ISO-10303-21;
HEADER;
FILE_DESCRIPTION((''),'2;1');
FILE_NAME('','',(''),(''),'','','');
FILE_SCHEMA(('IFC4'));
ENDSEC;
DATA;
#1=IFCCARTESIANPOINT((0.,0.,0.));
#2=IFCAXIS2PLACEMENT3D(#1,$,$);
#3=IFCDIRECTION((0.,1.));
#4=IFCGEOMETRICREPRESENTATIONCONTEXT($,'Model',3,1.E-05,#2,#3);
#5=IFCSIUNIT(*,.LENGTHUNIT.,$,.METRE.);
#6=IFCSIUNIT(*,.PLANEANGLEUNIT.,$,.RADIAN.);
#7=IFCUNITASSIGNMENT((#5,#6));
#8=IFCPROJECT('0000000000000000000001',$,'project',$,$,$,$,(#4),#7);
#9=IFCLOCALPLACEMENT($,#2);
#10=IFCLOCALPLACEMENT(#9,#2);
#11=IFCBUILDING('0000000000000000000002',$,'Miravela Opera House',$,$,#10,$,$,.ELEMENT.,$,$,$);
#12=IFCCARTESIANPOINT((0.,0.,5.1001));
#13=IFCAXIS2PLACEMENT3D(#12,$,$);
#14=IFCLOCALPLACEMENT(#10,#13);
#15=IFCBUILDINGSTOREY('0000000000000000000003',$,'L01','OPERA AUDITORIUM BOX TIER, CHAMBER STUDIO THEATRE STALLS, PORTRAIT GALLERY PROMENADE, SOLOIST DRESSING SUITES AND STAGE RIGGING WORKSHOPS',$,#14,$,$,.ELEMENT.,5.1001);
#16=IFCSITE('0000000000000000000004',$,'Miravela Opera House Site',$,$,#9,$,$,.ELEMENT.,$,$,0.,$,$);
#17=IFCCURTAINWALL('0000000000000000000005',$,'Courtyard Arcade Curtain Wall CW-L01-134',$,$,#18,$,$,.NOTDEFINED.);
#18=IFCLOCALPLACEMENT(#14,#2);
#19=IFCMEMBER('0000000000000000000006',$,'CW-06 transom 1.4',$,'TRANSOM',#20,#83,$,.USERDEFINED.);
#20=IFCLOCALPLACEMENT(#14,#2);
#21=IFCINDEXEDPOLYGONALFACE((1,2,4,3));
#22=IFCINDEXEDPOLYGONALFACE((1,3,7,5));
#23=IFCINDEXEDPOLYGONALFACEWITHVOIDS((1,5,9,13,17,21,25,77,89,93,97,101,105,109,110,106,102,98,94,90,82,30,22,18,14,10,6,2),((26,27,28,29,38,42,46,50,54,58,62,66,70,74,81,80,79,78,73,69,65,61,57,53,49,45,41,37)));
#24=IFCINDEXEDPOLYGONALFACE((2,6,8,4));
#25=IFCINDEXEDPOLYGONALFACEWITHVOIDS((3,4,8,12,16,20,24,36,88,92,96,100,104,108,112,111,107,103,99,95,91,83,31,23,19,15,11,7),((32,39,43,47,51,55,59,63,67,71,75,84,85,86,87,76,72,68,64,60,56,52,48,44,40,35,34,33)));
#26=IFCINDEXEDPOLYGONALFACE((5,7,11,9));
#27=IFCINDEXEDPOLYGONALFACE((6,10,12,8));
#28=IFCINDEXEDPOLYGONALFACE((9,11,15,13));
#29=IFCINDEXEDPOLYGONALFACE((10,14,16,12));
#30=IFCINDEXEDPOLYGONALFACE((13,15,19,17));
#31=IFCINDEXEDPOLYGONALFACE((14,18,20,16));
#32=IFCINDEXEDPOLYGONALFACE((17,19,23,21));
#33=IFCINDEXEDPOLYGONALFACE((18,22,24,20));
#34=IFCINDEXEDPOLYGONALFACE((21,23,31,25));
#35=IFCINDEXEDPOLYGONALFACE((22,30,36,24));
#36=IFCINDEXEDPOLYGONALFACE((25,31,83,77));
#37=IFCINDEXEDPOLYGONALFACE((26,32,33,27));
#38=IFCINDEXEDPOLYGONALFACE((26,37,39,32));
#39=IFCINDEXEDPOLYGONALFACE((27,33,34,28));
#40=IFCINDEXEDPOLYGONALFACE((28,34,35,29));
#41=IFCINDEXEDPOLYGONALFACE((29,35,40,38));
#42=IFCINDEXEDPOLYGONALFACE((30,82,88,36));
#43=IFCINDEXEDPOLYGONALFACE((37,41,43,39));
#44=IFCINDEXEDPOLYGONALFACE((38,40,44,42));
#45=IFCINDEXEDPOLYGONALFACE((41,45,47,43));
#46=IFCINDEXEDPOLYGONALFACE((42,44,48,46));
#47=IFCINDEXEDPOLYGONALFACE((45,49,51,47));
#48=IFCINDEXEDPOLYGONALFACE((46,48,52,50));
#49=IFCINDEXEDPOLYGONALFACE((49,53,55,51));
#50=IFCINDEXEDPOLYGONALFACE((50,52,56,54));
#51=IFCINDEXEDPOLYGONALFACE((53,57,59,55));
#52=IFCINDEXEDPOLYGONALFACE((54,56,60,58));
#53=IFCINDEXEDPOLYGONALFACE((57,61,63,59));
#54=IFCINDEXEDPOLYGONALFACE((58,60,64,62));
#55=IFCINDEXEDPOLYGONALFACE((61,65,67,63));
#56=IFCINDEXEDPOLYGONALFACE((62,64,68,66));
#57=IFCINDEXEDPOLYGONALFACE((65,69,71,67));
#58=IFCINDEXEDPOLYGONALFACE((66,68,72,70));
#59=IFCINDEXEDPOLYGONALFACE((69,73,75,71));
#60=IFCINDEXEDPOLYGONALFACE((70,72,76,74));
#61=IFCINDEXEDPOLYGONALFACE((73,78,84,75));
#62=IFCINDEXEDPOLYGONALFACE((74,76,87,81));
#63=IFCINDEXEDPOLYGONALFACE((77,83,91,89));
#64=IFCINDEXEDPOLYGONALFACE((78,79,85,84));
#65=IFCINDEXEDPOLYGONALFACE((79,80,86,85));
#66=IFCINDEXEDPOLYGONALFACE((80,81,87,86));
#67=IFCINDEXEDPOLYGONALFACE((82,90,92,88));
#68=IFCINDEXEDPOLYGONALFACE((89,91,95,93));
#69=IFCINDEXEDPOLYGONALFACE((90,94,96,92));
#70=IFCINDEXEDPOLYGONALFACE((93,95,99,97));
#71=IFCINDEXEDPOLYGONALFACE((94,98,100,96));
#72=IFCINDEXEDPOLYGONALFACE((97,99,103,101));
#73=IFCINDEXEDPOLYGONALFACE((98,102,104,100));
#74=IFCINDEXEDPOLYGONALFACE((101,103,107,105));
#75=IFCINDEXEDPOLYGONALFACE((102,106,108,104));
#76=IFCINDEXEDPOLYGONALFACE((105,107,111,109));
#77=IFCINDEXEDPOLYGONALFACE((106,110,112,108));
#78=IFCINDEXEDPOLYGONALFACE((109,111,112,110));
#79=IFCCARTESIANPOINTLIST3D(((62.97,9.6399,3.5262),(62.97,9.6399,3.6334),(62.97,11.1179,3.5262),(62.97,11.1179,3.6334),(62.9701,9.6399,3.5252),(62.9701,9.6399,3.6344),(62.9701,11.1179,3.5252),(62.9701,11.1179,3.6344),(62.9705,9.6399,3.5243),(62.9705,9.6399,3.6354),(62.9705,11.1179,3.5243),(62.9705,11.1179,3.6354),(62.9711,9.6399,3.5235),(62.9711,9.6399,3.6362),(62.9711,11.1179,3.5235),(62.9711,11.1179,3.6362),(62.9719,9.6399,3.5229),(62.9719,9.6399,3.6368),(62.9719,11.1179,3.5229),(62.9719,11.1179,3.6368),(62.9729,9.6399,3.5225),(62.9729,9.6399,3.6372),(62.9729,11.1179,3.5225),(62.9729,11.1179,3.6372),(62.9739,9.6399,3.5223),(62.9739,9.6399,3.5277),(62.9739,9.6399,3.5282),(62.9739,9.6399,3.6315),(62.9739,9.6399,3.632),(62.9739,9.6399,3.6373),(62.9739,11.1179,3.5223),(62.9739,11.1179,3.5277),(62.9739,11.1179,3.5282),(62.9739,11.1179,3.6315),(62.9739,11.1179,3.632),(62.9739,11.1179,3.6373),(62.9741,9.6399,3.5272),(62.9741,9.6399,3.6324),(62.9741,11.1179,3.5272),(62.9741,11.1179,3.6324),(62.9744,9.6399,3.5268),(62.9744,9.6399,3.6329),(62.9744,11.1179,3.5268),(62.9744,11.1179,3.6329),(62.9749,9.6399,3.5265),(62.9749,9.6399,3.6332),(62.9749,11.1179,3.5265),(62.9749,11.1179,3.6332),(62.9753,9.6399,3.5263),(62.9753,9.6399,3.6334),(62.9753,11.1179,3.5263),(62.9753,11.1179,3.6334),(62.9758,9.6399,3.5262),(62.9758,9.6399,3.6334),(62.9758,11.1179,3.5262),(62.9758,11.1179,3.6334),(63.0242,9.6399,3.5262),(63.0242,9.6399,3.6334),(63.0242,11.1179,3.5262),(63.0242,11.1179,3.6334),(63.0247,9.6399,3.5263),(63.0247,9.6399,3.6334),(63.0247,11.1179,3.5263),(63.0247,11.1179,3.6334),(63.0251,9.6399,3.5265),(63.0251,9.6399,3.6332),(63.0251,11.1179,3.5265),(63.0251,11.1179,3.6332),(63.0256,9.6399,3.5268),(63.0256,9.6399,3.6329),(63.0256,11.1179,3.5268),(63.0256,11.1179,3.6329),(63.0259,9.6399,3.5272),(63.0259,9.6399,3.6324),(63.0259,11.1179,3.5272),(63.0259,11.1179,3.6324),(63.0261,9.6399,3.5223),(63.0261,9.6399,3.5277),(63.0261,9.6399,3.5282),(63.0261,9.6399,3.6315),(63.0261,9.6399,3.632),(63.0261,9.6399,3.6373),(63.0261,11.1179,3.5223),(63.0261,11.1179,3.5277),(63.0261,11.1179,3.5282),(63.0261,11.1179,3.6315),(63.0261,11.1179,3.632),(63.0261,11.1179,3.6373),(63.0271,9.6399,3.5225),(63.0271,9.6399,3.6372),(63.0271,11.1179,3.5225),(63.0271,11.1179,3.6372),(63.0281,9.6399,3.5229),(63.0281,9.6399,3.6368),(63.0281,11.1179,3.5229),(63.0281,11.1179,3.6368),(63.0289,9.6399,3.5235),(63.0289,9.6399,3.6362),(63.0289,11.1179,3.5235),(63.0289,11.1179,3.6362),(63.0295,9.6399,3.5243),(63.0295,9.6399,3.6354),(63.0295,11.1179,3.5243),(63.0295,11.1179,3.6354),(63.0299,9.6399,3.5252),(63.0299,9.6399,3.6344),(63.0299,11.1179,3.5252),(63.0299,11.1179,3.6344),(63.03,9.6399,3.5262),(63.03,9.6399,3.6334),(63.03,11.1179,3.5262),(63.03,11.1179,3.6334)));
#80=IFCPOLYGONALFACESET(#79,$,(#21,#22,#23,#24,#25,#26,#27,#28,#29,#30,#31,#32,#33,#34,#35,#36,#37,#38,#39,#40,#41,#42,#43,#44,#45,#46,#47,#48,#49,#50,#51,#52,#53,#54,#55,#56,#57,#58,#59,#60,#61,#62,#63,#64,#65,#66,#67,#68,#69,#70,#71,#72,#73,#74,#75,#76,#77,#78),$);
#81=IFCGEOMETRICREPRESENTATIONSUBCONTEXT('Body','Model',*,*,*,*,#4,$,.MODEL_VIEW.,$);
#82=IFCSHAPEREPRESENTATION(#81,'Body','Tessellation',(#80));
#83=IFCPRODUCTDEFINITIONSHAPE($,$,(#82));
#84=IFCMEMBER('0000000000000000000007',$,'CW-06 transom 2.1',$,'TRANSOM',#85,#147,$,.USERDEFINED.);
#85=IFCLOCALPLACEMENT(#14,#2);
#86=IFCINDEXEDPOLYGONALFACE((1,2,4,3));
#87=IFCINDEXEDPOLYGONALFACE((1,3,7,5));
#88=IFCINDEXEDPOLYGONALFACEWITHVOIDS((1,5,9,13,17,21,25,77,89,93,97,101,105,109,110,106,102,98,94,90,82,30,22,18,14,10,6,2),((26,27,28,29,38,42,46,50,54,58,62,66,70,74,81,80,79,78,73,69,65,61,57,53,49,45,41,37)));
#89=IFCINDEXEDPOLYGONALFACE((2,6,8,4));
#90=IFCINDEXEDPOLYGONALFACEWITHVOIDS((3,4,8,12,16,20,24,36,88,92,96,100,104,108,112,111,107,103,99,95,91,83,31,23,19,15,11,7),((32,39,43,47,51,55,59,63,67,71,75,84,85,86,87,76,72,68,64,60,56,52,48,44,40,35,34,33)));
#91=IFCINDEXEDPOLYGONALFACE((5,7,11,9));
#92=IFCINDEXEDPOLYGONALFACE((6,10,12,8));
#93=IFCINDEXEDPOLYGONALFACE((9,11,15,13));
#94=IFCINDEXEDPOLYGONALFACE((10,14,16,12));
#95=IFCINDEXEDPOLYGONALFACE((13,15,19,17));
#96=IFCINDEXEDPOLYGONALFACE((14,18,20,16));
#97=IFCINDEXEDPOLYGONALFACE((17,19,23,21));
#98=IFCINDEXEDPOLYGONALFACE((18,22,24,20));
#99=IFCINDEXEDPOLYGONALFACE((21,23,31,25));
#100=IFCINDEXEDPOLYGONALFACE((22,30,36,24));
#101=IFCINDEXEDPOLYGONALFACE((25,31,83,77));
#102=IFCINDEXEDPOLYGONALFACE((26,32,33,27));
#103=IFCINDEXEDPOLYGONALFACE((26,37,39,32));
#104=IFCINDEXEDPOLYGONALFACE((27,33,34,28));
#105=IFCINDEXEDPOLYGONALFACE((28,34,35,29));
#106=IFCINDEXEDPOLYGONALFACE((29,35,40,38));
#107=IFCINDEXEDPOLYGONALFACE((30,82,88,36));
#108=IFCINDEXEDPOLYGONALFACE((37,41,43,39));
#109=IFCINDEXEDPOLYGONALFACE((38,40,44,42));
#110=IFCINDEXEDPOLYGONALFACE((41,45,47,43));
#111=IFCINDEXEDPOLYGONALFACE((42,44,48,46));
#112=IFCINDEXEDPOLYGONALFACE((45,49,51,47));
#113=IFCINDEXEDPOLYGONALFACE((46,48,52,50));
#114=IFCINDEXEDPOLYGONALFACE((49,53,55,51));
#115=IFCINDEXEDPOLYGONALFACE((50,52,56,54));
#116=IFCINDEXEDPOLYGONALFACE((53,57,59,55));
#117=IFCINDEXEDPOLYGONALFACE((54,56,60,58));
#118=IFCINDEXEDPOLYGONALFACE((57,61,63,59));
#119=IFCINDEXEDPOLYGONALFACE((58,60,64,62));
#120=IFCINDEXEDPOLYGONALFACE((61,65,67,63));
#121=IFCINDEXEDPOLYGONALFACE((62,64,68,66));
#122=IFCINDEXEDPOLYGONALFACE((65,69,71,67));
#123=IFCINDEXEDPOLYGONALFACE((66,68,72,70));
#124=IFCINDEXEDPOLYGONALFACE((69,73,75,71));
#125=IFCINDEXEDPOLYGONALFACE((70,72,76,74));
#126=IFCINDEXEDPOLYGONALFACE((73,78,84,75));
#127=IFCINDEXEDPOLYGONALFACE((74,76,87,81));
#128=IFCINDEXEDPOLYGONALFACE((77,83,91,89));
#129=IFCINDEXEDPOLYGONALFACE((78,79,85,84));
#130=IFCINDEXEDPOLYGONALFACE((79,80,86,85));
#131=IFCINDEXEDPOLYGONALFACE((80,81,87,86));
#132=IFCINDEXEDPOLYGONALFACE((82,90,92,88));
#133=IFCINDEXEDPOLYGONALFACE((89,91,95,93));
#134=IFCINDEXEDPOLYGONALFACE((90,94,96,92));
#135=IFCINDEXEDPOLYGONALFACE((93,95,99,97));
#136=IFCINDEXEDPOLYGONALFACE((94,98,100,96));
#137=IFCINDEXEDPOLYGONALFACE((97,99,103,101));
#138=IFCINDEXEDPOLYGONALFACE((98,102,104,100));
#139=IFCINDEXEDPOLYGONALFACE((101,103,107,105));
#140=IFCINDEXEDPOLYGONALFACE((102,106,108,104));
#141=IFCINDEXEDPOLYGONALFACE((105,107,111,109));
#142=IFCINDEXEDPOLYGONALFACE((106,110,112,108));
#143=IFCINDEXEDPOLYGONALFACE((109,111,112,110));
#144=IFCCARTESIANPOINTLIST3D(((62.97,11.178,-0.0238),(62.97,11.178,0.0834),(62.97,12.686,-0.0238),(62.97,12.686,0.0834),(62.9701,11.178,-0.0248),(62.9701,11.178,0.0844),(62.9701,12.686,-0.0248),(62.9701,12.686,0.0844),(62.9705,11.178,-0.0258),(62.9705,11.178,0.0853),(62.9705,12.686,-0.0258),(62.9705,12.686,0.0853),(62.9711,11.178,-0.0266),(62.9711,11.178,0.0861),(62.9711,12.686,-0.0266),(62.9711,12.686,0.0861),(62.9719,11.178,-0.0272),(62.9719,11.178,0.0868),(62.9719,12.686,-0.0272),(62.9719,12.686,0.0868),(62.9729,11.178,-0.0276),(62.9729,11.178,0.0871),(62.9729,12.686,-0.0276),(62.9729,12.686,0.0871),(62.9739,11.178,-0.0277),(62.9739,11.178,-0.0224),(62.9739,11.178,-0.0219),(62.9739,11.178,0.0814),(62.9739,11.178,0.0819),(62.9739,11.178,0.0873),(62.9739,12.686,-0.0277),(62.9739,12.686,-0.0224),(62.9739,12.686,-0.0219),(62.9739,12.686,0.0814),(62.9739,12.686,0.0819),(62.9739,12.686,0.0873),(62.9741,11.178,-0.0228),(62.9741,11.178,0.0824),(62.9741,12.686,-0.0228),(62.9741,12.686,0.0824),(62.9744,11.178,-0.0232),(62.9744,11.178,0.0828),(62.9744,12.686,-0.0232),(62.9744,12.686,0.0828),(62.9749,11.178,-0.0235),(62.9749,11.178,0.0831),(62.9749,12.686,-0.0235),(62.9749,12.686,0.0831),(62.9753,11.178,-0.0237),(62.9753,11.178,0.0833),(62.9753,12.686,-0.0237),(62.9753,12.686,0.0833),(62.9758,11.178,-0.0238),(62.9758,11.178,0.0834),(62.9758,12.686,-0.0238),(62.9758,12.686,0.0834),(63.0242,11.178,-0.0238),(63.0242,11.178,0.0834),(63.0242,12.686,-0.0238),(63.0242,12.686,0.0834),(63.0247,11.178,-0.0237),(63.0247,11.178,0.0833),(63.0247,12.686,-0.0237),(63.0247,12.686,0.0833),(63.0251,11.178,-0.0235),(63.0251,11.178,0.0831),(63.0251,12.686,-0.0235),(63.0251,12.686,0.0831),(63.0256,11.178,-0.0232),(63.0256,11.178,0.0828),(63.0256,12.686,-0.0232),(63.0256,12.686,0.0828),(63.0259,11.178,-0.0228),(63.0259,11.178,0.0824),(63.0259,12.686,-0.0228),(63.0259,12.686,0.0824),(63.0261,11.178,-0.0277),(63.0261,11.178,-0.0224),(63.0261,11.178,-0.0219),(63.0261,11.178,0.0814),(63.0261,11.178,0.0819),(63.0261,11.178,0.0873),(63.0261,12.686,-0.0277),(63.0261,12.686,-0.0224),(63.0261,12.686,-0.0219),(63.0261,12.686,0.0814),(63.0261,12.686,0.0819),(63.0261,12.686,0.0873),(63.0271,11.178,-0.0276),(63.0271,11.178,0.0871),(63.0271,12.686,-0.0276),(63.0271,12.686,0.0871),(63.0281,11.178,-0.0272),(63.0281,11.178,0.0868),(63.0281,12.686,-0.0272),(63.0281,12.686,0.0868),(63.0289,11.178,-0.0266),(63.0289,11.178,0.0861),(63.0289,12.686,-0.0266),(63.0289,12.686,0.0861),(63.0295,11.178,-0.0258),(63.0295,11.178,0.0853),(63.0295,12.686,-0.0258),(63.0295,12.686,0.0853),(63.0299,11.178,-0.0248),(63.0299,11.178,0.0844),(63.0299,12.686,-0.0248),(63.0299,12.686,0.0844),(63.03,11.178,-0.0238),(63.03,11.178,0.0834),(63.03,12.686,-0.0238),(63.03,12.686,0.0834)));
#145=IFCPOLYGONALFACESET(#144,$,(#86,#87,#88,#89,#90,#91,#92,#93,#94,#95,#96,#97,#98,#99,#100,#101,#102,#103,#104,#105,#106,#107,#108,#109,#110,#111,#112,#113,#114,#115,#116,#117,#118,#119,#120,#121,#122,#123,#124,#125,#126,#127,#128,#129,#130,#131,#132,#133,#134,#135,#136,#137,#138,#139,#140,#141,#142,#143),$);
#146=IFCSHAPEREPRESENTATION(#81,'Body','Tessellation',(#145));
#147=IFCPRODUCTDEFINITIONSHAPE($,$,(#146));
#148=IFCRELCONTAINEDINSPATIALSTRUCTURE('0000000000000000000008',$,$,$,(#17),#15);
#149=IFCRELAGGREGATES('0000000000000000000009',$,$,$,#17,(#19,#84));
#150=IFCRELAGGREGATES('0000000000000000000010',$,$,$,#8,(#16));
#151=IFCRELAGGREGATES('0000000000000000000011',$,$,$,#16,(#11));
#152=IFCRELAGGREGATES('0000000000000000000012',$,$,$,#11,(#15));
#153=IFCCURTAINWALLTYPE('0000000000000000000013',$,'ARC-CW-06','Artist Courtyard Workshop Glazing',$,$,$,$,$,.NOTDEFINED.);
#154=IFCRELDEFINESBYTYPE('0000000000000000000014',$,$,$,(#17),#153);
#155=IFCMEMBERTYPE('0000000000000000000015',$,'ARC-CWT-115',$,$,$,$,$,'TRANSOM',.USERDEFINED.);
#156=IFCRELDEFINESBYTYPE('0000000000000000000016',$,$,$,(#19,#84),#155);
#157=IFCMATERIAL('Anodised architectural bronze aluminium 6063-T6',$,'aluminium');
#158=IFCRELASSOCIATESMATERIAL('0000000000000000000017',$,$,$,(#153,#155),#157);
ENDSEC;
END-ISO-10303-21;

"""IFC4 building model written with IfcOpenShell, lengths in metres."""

from ifc_helpers import new_model, si_unit, direction, frame, origin, origin_2d, place, context, subcontext, project, spatial, hollow_rectangle, extrude, material, material_profile, profile_set, type_object, element, aggregate, save


model = new_model("IFC4")

# Units and contexts
model_context = context("Model", 3, precision=1e-05, world=origin(), true_north=direction((0.0, 1.0)))
body_context = subcontext(model_context, "Body", "Model", "MODEL_VIEW")
ifc_project = project(units=[si_unit("LENGTHUNIT", "METRE"), si_unit("PLANEANGLEUNIT", "RADIAN")], contexts=[model_context])

# Site, building, storey
site_placement = place(None, origin())
site = spatial("IfcSite", under=ifc_project, at=site_placement, Name="Miravela Opera House Site", CompositionType="ELEMENT", RefElevation=0.0)
building_placement = place(site_placement, origin())
building = spatial("IfcBuilding", under=site, at=building_placement, Name="Miravela Opera House", CompositionType="ELEMENT")
storey_placement = place(building_placement, frame((0.0, 0.0, 5.1001)))
storey = spatial("IfcBuildingStorey", under=building, at=storey_placement, Name="L01", Description="OPERA AUDITORIUM BOX TIER, CHAMBER STUDIO THEATRE STALLS, PORTRAIT GALLERY PROMENADE, SOLOIST DRESSING SUITES AND STAGE RIGGING WORKSHOPS", CompositionType="ELEMENT", Elevation=5.1001)

# Curtain wall, members
ifc_material_1 = material(Name="Anodised architectural bronze aluminium 6063-T6", Category="aluminium")
curtain_wall_type = type_object("IfcCurtainWallType", Name="ARC-CW-06", Description="Artist Courtyard Workshop Glazing", PredefinedType="NOTDEFINED", material=ifc_material_1)
curtain_wall_placement = place(storey_placement, origin())
curtain_wall = element("IfcCurtainWall", 1, at=curtain_wall_placement, inside=storey, type_object=curtain_wall_type, Name="Courtyard Arcade Curtain Wall CW-L01-134", PredefinedType="NOTDEFINED")
ifc_material_profile_1 = material_profile(ifc_material_1, hollow_rectangle(XDim=0.0601, YDim=0.115, WallThickness=0.0039, InnerFilletRadius=0.002, OuterFilletRadius=0.0039, at=origin_2d()), Name="CWT-60X115")
ifc_profile_set_1 = profile_set([ifc_material_profile_1])
member_type_1 = type_object("IfcMemberType", Name="ARC-CWT-115", ElementType="TRANSOM", PredefinedType="USERDEFINED", material=ifc_profile_set_1)
member_1_placement = place(storey_placement, frame((63.0, 9.6399, 3.5798), z_axis=(0.0, 1.0, 0.0), x_axis=(-1.0, 0.0, 0.0)))
member_1 = element("IfcMember", 2, at=member_1_placement, type_object=member_type_1, Name="CW-06 transom 1.4", ObjectType="TRANSOM", PredefinedType="USERDEFINED", context=body_context, shape_type="SweptSolid", body=[
    extrude(hollow_rectangle(XDim=0.0601, YDim=0.115, WallThickness=0.0039, InnerFilletRadius=0.002, OuterFilletRadius=0.0039, at=origin_2d()), origin(), (0.0, 0.0, 1.0), 1.478),
])
member_2_placement = place(storey_placement, frame((63.0, 11.178, 0.0298), z_axis=(0.0, 1.0, 0.0), x_axis=(-1.0, 0.0, 0.0)))
member_2 = element("IfcMember", 3, at=member_2_placement, type_object=member_type_1, Name="CW-06 transom 2.1", ObjectType="TRANSOM", PredefinedType="USERDEFINED", context=body_context, shape_type="SweptSolid", body=[
    extrude(hollow_rectangle(XDim=0.0601, YDim=0.115, WallThickness=0.0039, InnerFilletRadius=0.002, OuterFilletRadius=0.0039, at=origin_2d()), origin(), (0.0, 0.0, 1.0), 1.5081),
])

aggregate(curtain_wall, [member_1, member_2])

save(model, "model.ifc")
